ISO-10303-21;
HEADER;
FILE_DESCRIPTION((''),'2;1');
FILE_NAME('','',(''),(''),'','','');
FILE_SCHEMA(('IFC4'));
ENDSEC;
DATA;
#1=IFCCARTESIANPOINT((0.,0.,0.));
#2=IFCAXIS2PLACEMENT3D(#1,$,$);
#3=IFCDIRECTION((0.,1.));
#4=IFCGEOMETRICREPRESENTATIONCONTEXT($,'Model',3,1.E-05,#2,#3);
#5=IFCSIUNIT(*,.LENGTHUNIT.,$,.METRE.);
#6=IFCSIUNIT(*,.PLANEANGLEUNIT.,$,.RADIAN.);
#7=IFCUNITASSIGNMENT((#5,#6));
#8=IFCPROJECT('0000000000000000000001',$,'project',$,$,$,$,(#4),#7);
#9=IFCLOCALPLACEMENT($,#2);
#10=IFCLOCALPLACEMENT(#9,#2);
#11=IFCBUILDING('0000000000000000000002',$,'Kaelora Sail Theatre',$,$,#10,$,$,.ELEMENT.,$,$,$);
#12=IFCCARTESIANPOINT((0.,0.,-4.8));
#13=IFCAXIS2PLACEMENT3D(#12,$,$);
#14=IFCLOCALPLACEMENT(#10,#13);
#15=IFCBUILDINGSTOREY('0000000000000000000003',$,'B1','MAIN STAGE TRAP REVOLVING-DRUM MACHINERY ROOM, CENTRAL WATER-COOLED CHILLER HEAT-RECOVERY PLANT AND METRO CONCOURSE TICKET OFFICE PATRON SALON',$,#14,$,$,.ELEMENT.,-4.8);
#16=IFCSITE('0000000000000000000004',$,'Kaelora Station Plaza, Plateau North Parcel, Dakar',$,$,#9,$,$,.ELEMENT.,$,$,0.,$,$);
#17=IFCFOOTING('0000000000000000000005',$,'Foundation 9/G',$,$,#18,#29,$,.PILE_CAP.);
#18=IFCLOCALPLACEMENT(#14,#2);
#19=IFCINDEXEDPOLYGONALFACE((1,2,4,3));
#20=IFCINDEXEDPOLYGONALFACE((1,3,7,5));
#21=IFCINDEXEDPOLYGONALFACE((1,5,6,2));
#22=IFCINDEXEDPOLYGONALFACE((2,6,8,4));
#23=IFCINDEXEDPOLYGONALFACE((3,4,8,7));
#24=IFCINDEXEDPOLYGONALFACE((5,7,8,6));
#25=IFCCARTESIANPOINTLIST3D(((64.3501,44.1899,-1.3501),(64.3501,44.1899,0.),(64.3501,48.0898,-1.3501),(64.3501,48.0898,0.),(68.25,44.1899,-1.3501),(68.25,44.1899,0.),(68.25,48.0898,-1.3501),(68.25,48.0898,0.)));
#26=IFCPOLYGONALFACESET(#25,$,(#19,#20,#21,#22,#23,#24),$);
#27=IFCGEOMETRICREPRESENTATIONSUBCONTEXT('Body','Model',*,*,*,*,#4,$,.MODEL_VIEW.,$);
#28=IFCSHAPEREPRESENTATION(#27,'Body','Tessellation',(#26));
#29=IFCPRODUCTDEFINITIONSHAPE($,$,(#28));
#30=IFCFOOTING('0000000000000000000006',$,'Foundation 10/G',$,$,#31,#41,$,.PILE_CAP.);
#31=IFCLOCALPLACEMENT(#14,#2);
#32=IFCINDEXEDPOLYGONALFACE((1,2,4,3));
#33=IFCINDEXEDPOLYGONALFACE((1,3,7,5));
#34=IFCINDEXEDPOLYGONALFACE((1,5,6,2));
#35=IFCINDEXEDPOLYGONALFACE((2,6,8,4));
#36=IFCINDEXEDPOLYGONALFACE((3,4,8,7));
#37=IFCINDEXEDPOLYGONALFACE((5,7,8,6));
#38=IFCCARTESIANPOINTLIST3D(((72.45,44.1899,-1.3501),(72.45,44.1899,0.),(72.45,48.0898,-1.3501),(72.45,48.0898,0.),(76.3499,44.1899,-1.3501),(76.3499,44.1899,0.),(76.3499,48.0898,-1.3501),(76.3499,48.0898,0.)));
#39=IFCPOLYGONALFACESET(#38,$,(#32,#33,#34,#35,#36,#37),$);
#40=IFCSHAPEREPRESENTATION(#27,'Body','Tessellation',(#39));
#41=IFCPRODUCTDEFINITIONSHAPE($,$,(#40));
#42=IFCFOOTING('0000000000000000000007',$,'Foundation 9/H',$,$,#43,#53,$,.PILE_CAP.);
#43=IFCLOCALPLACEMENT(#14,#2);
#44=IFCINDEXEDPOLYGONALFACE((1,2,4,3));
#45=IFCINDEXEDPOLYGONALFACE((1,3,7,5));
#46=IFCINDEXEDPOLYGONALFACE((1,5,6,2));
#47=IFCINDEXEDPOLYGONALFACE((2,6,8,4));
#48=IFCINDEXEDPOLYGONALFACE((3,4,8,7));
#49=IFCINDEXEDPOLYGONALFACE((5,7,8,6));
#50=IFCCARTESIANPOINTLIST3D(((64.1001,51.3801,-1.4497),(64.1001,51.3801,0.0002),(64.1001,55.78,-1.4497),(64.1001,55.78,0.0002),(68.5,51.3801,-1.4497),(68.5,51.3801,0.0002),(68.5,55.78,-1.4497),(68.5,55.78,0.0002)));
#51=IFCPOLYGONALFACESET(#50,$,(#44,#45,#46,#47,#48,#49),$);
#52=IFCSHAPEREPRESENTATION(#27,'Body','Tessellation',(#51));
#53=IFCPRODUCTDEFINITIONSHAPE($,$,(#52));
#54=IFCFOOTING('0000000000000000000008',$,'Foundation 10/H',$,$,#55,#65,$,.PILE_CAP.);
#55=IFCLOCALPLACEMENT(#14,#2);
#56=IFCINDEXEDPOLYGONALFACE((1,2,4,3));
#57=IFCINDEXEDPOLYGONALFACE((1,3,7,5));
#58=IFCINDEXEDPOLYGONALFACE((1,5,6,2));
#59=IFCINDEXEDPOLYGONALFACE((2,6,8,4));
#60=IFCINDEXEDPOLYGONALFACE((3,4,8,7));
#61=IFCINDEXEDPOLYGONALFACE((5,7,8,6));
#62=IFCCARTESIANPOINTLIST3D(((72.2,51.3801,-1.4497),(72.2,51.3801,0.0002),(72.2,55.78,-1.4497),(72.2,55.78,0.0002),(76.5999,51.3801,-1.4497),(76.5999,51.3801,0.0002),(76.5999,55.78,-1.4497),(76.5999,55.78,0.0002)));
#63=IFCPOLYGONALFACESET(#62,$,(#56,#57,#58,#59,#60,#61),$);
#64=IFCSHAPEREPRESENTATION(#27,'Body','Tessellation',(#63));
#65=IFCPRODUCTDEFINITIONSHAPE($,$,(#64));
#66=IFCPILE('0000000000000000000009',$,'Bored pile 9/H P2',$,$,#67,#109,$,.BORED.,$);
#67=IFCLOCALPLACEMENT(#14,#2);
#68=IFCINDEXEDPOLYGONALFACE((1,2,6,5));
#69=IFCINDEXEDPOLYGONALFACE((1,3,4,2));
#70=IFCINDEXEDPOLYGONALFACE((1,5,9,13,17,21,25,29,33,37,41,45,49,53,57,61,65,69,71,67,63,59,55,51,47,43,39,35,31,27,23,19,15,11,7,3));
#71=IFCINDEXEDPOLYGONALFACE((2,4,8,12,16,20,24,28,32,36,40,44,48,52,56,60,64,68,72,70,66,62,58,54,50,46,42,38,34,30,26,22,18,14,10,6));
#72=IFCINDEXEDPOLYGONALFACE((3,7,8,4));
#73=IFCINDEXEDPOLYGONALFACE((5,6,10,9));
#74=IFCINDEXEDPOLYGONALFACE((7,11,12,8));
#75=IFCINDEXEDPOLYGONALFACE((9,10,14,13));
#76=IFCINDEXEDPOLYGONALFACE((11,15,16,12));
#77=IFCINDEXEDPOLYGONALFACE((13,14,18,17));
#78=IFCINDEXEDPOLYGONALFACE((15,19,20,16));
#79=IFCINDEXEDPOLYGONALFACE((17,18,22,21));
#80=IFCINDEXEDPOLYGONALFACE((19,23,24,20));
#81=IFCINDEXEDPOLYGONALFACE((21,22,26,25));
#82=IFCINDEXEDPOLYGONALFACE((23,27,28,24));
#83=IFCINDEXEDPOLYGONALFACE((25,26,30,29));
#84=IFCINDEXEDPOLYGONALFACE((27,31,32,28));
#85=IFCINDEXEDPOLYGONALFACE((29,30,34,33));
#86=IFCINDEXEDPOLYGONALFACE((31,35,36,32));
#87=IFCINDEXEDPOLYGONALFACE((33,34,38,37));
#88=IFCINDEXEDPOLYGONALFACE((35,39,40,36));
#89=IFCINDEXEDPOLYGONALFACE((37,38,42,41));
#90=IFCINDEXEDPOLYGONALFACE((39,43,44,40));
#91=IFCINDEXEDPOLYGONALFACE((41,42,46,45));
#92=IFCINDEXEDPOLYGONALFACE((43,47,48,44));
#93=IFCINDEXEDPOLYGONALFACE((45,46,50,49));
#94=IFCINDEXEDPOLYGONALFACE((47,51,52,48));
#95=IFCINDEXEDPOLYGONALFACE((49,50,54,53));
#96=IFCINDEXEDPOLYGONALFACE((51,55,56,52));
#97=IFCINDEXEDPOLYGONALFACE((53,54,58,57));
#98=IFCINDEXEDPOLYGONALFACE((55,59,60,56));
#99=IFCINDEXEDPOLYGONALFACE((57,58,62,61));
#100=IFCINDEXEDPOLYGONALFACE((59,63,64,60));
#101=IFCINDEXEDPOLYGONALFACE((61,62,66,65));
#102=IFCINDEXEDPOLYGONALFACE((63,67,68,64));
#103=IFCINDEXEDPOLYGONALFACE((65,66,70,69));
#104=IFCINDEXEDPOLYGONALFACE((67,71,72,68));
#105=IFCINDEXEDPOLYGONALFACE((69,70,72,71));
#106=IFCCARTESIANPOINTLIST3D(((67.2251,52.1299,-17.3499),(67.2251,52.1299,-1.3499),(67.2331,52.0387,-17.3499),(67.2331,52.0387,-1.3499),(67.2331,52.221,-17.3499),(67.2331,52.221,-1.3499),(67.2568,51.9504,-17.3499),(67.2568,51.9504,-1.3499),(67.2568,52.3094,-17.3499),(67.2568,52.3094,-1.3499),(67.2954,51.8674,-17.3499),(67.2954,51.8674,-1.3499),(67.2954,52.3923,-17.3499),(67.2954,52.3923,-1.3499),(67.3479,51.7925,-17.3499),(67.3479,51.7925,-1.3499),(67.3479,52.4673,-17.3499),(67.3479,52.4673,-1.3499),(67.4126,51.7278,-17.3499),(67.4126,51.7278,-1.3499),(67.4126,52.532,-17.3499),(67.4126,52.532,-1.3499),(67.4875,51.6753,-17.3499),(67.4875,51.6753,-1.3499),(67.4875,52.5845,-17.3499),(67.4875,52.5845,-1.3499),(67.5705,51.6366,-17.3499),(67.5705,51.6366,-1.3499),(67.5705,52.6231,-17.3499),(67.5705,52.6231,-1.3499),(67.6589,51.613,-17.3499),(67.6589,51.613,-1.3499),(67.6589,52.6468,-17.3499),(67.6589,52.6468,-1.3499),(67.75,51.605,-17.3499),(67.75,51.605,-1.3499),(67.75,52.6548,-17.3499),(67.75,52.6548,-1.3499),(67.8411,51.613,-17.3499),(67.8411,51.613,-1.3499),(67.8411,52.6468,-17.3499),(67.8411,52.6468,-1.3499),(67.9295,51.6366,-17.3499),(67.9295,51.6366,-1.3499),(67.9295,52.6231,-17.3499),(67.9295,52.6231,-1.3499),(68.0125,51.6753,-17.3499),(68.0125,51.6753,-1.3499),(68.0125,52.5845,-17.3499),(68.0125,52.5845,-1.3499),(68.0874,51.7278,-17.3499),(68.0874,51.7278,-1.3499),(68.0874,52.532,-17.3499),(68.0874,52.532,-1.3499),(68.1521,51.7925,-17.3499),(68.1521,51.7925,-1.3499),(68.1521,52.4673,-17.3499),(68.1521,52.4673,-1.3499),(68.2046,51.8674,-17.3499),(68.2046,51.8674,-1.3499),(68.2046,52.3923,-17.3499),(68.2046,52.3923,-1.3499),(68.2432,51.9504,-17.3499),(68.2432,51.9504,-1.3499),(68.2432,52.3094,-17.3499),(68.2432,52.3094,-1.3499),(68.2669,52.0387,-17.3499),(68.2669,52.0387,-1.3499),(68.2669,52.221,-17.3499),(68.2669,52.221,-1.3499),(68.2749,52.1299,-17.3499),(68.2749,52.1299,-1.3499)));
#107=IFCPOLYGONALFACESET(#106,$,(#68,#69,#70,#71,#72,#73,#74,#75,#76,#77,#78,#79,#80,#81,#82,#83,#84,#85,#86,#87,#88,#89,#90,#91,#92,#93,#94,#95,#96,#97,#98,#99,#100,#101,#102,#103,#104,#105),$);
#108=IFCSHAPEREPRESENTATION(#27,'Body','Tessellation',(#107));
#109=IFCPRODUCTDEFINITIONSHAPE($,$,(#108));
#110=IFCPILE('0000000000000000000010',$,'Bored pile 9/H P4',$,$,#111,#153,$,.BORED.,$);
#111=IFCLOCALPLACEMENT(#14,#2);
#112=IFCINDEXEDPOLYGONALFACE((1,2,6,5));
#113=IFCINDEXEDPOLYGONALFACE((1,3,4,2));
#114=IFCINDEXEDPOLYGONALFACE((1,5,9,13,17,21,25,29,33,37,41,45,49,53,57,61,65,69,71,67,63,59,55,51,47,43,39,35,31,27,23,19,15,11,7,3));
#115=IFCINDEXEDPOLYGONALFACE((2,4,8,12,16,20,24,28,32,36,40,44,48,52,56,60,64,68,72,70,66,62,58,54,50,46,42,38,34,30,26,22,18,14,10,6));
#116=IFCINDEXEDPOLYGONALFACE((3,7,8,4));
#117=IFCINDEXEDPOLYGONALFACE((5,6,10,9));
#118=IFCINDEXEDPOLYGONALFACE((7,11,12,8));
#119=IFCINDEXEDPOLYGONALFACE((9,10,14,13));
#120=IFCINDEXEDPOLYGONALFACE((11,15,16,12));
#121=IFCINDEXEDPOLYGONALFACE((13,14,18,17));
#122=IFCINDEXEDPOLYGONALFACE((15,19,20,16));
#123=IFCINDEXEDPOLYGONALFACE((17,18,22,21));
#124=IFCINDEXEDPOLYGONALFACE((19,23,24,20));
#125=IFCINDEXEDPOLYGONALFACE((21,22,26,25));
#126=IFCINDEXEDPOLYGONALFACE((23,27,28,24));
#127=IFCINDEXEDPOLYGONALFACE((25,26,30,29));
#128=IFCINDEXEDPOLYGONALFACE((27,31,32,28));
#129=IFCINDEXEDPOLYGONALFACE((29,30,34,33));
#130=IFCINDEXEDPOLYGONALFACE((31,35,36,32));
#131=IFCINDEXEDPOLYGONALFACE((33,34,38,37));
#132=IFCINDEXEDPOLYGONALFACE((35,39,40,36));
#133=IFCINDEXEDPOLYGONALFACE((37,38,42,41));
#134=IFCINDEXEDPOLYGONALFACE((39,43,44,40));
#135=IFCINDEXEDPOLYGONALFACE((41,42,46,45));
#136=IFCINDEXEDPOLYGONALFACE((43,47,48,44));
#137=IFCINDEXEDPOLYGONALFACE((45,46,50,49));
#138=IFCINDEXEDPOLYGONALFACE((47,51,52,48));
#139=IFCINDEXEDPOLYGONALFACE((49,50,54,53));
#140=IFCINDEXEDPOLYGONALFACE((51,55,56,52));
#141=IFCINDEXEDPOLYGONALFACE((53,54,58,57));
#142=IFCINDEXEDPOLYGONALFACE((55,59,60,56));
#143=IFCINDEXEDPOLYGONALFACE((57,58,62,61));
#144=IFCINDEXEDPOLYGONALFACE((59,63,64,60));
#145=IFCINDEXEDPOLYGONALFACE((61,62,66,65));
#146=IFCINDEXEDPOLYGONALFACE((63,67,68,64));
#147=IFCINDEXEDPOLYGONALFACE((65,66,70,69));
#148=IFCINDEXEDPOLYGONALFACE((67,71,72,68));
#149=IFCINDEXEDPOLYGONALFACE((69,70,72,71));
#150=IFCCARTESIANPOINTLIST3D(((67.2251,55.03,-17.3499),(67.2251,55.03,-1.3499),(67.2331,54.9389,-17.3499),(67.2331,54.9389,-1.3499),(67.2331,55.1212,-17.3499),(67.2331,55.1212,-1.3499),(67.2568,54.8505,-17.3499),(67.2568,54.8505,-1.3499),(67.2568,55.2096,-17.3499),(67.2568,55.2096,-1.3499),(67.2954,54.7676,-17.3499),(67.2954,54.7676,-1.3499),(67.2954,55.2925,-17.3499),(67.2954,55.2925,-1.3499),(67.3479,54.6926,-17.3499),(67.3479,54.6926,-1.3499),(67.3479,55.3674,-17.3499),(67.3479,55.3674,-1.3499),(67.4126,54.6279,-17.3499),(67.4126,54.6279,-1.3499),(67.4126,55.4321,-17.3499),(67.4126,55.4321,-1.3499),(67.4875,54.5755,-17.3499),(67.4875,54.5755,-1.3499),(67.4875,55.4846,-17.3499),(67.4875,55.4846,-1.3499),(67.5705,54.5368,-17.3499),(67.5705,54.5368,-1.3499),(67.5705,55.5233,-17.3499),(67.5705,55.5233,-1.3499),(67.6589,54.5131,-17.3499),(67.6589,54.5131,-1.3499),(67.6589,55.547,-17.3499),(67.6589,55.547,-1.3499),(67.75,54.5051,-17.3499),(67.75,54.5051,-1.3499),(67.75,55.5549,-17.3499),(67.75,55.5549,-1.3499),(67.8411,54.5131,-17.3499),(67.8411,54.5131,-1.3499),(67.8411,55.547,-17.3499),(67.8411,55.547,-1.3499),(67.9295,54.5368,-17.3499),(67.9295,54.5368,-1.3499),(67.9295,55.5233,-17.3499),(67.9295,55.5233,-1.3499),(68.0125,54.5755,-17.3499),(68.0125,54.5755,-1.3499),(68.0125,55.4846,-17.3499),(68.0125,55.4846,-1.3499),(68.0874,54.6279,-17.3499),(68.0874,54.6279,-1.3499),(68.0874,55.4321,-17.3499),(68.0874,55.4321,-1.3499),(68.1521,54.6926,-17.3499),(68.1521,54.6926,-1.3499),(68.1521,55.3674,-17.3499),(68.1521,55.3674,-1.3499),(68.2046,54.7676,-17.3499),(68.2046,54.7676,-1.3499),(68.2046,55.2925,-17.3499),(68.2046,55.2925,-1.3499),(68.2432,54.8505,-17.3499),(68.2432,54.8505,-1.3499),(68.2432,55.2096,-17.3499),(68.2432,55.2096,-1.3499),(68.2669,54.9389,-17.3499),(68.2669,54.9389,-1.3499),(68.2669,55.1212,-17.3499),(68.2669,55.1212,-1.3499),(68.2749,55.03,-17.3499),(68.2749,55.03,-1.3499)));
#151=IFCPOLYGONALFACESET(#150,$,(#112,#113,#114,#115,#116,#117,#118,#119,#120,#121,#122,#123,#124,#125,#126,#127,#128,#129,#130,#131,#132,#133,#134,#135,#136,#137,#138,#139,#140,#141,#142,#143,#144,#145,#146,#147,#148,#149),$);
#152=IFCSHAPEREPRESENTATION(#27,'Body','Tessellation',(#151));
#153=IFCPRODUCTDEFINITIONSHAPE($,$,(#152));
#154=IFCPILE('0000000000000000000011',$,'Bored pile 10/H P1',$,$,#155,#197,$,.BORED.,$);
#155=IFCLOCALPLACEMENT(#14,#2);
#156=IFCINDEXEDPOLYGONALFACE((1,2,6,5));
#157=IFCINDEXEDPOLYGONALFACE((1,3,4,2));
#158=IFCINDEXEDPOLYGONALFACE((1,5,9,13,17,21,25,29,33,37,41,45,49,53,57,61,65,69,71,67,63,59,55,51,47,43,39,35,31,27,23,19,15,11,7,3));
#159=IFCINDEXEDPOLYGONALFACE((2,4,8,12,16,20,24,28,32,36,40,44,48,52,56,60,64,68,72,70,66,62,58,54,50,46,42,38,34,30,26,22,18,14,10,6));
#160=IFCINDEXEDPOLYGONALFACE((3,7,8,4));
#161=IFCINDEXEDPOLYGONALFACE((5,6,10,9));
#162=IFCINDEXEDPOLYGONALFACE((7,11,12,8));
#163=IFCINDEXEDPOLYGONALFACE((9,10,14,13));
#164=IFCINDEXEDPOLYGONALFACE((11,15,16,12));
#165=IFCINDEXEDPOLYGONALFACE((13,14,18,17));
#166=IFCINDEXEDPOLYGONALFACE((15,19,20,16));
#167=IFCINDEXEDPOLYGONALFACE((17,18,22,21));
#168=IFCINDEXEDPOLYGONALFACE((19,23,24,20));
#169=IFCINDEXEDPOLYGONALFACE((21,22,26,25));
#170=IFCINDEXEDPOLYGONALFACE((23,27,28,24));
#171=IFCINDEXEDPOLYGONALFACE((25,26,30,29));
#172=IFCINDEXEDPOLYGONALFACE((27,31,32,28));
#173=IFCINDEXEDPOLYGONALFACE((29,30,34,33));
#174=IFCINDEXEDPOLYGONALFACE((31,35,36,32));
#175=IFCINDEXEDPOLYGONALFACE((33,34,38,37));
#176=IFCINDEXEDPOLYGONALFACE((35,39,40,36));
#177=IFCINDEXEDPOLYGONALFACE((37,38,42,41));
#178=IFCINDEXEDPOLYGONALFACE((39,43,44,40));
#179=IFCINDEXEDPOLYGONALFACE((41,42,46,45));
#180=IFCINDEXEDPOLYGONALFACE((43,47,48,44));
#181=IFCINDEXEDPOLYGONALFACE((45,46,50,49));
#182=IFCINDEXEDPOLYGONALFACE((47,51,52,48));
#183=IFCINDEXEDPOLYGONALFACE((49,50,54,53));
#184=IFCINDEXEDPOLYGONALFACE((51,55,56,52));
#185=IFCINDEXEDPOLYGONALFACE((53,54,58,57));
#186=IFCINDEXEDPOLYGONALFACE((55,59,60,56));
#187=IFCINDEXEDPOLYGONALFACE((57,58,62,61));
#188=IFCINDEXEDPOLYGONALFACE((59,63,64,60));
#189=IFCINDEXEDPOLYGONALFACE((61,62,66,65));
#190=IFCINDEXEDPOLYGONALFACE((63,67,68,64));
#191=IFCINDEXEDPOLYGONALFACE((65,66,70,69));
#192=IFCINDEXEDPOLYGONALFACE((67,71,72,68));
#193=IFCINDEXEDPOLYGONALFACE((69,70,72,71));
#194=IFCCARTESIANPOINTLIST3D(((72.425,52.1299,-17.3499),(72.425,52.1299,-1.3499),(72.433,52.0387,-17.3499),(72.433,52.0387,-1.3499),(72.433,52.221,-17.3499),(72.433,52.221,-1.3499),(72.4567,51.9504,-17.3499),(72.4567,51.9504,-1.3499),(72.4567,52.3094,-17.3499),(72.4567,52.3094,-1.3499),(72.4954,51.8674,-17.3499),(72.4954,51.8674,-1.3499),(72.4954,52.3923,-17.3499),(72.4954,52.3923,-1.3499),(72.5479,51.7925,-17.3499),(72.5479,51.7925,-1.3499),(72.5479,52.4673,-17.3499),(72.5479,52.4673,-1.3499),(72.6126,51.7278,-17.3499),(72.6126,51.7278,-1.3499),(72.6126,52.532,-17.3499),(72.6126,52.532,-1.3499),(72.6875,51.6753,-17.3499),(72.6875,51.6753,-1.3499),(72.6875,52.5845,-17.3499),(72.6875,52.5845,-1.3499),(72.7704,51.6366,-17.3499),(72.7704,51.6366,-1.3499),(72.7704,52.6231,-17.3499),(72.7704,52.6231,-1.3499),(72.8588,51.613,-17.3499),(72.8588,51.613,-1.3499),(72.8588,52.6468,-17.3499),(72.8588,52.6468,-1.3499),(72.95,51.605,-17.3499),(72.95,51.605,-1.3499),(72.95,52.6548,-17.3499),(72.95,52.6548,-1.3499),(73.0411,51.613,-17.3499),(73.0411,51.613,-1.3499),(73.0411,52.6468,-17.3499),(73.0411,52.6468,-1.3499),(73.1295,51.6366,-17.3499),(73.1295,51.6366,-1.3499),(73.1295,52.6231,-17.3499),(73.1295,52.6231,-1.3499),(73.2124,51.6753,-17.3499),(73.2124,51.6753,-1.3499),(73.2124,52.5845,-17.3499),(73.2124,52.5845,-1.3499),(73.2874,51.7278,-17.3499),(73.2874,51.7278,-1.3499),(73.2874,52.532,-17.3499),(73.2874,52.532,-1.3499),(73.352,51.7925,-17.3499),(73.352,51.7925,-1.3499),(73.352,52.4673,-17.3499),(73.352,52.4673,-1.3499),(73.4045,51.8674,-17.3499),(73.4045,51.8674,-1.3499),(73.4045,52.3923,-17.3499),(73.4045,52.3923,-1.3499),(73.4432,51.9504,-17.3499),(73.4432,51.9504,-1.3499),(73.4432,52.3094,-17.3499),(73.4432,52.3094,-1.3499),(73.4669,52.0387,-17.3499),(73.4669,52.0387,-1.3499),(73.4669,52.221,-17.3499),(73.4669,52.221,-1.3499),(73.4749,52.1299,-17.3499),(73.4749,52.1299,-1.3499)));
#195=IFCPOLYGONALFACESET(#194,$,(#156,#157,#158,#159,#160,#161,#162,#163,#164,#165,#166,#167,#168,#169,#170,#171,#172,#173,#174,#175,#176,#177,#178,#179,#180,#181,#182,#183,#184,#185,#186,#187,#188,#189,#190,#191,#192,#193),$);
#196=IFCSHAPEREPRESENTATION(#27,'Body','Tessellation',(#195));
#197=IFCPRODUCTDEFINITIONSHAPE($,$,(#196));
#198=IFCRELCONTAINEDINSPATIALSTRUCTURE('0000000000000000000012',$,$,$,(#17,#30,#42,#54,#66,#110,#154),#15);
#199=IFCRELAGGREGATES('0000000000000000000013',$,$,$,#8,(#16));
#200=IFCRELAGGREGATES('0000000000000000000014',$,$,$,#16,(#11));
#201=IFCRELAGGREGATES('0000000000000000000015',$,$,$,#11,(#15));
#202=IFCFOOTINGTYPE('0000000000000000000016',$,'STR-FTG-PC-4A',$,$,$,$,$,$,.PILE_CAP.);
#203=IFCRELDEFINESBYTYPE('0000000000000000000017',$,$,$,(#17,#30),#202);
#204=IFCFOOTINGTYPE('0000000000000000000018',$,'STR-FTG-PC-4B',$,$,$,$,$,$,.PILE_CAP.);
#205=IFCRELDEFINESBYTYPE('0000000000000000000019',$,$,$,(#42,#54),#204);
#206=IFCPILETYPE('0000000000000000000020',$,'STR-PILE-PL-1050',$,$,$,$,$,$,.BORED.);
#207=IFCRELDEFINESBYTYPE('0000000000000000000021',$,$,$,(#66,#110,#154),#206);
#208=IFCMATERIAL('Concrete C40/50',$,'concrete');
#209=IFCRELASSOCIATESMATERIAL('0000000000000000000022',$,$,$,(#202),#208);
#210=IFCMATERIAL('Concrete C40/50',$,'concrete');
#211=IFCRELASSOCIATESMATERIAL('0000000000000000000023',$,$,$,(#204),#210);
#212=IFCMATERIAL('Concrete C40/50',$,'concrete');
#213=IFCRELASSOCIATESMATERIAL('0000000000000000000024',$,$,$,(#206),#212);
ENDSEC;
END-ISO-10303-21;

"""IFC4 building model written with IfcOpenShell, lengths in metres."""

from ifc_helpers import new_model, si_unit, direction, frame, origin, origin_2d, place, context, subcontext, project, spatial, rectangle, circle, extrude, material, material_profile, profile_set, type_object, element, save


model = new_model("IFC4")

# Units and contexts
model_context = context("Model", 3, precision=1e-05, world=origin(), true_north=direction((0.0, 1.0)))
body_context = subcontext(model_context, "Body", "Model", "MODEL_VIEW")
ifc_project = project(units=[si_unit("LENGTHUNIT", "METRE"), si_unit("PLANEANGLEUNIT", "RADIAN")], contexts=[model_context])

# Site, building, storey
site_placement = place(None, origin())
site = spatial("IfcSite", under=ifc_project, at=site_placement, Name="Kaelora Station Plaza, Plateau North Parcel, Dakar", CompositionType="ELEMENT", RefElevation=0.0)
building_placement = place(site_placement, origin())
building = spatial("IfcBuilding", under=site, at=building_placement, Name="Kaelora Sail Theatre", CompositionType="ELEMENT")
storey_placement = place(building_placement, frame((0.0, 0.0, -4.8)))
storey = spatial("IfcBuildingStorey", under=building, at=storey_placement, Name="B1", Description="MAIN STAGE TRAP REVOLVING-DRUM MACHINERY ROOM, CENTRAL WATER-COOLED CHILLER HEAT-RECOVERY PLANT AND METRO CONCOURSE TICKET OFFICE PATRON SALON", CompositionType="ELEMENT", Elevation=-4.8)

# Footings
ifc_material_1 = material(Name="Concrete C40/50", Category="concrete")
footing_type_1 = type_object("IfcFootingType", Name="STR-FTG-PC-4A", PredefinedType="PILE_CAP", material=ifc_material_1)
for number, where, z_axis, x_axis, name in (
    (1, (66.3, 46.1399, -1.3501), (0.0, 0.0, 1.0), (1.0, 0.0, 0.0), "Foundation 9/G"),
    (2, (74.3999, 46.1399, -1.3501), (0.0, 0.0, 1.0), (1.0, 0.0, 0.0), "Foundation 10/G"),
):
    element("IfcFooting", number, at=place(storey_placement, frame(where, z_axis=z_axis, x_axis=x_axis)), inside=storey, type_object=footing_type_1, Name=name, PredefinedType="PILE_CAP", context=body_context, shape_type="SweptSolid", body=[
        extrude(rectangle(XDim=3.8999, YDim=3.8999, at=origin_2d()), origin(), (0.0, 0.0, 1.0), 1.3501),
    ])
ifc_material_2 = material(Name="Concrete C40/50", Category="concrete")
footing_type_2 = type_object("IfcFootingType", Name="STR-FTG-PC-4B", PredefinedType="PILE_CAP", material=ifc_material_2)
for number, where, z_axis, x_axis, name in (
    (3, (66.3, 53.5801, -1.4497), (0.0, 0.0, 1.0), (1.0, 0.0, 0.0), "Foundation 9/H"),
    (4, (74.3999, 53.5801, -1.4497), (0.0, 0.0, 1.0), (1.0, 0.0, 0.0), "Foundation 10/H"),
):
    element("IfcFooting", number, at=place(storey_placement, frame(where, z_axis=z_axis, x_axis=x_axis)), inside=storey, type_object=footing_type_2, Name=name, PredefinedType="PILE_CAP", context=body_context, shape_type="SweptSolid", body=[
        extrude(rectangle(XDim=4.3999, YDim=4.3999, at=origin_2d()), origin(), (0.0, 0.0, 1.0), 1.45),
    ])

# Piles
ifc_material_3 = material(Name="Concrete C40/50", Category="concrete")
ifc_material_profile_1 = material_profile(ifc_material_3, circle(Radius=0.5249, at=origin_2d()), Name="PILE D1050")
ifc_profile_set_1 = profile_set([ifc_material_profile_1], Name="Concrete C40/50")
pile_type_1 = type_object("IfcPileType", Name="STR-PILE-PL-1050", PredefinedType="BORED", material=ifc_profile_set_1)
for number, where, z_axis, x_axis, name in (
    (5, (67.75, 52.1299, -1.3499), (0.0, 0.0, -1.0), (1.0, 0.0, 0.0), "Bored pile 9/H P2"),
    (6, (67.75, 55.03, -1.3499), (0.0, 0.0, -1.0), (1.0, 0.0, 0.0), "Bored pile 9/H P4"),
    (7, (72.95, 52.1299, -1.3499), (0.0, 0.0, -1.0), (1.0, 0.0, 0.0), "Bored pile 10/H P1"),
):
    element("IfcPile", number, at=place(storey_placement, frame(where, z_axis=z_axis, x_axis=x_axis)), inside=storey, type_object=pile_type_1, Name=name, PredefinedType="BORED", context=body_context, shape_type="SweptSolid", body=[
        extrude(circle(Radius=0.5249, at=origin_2d()), origin(), (0.0, 0.0, 1.0), 16.0),
    ])

save(model, "model.ifc")
